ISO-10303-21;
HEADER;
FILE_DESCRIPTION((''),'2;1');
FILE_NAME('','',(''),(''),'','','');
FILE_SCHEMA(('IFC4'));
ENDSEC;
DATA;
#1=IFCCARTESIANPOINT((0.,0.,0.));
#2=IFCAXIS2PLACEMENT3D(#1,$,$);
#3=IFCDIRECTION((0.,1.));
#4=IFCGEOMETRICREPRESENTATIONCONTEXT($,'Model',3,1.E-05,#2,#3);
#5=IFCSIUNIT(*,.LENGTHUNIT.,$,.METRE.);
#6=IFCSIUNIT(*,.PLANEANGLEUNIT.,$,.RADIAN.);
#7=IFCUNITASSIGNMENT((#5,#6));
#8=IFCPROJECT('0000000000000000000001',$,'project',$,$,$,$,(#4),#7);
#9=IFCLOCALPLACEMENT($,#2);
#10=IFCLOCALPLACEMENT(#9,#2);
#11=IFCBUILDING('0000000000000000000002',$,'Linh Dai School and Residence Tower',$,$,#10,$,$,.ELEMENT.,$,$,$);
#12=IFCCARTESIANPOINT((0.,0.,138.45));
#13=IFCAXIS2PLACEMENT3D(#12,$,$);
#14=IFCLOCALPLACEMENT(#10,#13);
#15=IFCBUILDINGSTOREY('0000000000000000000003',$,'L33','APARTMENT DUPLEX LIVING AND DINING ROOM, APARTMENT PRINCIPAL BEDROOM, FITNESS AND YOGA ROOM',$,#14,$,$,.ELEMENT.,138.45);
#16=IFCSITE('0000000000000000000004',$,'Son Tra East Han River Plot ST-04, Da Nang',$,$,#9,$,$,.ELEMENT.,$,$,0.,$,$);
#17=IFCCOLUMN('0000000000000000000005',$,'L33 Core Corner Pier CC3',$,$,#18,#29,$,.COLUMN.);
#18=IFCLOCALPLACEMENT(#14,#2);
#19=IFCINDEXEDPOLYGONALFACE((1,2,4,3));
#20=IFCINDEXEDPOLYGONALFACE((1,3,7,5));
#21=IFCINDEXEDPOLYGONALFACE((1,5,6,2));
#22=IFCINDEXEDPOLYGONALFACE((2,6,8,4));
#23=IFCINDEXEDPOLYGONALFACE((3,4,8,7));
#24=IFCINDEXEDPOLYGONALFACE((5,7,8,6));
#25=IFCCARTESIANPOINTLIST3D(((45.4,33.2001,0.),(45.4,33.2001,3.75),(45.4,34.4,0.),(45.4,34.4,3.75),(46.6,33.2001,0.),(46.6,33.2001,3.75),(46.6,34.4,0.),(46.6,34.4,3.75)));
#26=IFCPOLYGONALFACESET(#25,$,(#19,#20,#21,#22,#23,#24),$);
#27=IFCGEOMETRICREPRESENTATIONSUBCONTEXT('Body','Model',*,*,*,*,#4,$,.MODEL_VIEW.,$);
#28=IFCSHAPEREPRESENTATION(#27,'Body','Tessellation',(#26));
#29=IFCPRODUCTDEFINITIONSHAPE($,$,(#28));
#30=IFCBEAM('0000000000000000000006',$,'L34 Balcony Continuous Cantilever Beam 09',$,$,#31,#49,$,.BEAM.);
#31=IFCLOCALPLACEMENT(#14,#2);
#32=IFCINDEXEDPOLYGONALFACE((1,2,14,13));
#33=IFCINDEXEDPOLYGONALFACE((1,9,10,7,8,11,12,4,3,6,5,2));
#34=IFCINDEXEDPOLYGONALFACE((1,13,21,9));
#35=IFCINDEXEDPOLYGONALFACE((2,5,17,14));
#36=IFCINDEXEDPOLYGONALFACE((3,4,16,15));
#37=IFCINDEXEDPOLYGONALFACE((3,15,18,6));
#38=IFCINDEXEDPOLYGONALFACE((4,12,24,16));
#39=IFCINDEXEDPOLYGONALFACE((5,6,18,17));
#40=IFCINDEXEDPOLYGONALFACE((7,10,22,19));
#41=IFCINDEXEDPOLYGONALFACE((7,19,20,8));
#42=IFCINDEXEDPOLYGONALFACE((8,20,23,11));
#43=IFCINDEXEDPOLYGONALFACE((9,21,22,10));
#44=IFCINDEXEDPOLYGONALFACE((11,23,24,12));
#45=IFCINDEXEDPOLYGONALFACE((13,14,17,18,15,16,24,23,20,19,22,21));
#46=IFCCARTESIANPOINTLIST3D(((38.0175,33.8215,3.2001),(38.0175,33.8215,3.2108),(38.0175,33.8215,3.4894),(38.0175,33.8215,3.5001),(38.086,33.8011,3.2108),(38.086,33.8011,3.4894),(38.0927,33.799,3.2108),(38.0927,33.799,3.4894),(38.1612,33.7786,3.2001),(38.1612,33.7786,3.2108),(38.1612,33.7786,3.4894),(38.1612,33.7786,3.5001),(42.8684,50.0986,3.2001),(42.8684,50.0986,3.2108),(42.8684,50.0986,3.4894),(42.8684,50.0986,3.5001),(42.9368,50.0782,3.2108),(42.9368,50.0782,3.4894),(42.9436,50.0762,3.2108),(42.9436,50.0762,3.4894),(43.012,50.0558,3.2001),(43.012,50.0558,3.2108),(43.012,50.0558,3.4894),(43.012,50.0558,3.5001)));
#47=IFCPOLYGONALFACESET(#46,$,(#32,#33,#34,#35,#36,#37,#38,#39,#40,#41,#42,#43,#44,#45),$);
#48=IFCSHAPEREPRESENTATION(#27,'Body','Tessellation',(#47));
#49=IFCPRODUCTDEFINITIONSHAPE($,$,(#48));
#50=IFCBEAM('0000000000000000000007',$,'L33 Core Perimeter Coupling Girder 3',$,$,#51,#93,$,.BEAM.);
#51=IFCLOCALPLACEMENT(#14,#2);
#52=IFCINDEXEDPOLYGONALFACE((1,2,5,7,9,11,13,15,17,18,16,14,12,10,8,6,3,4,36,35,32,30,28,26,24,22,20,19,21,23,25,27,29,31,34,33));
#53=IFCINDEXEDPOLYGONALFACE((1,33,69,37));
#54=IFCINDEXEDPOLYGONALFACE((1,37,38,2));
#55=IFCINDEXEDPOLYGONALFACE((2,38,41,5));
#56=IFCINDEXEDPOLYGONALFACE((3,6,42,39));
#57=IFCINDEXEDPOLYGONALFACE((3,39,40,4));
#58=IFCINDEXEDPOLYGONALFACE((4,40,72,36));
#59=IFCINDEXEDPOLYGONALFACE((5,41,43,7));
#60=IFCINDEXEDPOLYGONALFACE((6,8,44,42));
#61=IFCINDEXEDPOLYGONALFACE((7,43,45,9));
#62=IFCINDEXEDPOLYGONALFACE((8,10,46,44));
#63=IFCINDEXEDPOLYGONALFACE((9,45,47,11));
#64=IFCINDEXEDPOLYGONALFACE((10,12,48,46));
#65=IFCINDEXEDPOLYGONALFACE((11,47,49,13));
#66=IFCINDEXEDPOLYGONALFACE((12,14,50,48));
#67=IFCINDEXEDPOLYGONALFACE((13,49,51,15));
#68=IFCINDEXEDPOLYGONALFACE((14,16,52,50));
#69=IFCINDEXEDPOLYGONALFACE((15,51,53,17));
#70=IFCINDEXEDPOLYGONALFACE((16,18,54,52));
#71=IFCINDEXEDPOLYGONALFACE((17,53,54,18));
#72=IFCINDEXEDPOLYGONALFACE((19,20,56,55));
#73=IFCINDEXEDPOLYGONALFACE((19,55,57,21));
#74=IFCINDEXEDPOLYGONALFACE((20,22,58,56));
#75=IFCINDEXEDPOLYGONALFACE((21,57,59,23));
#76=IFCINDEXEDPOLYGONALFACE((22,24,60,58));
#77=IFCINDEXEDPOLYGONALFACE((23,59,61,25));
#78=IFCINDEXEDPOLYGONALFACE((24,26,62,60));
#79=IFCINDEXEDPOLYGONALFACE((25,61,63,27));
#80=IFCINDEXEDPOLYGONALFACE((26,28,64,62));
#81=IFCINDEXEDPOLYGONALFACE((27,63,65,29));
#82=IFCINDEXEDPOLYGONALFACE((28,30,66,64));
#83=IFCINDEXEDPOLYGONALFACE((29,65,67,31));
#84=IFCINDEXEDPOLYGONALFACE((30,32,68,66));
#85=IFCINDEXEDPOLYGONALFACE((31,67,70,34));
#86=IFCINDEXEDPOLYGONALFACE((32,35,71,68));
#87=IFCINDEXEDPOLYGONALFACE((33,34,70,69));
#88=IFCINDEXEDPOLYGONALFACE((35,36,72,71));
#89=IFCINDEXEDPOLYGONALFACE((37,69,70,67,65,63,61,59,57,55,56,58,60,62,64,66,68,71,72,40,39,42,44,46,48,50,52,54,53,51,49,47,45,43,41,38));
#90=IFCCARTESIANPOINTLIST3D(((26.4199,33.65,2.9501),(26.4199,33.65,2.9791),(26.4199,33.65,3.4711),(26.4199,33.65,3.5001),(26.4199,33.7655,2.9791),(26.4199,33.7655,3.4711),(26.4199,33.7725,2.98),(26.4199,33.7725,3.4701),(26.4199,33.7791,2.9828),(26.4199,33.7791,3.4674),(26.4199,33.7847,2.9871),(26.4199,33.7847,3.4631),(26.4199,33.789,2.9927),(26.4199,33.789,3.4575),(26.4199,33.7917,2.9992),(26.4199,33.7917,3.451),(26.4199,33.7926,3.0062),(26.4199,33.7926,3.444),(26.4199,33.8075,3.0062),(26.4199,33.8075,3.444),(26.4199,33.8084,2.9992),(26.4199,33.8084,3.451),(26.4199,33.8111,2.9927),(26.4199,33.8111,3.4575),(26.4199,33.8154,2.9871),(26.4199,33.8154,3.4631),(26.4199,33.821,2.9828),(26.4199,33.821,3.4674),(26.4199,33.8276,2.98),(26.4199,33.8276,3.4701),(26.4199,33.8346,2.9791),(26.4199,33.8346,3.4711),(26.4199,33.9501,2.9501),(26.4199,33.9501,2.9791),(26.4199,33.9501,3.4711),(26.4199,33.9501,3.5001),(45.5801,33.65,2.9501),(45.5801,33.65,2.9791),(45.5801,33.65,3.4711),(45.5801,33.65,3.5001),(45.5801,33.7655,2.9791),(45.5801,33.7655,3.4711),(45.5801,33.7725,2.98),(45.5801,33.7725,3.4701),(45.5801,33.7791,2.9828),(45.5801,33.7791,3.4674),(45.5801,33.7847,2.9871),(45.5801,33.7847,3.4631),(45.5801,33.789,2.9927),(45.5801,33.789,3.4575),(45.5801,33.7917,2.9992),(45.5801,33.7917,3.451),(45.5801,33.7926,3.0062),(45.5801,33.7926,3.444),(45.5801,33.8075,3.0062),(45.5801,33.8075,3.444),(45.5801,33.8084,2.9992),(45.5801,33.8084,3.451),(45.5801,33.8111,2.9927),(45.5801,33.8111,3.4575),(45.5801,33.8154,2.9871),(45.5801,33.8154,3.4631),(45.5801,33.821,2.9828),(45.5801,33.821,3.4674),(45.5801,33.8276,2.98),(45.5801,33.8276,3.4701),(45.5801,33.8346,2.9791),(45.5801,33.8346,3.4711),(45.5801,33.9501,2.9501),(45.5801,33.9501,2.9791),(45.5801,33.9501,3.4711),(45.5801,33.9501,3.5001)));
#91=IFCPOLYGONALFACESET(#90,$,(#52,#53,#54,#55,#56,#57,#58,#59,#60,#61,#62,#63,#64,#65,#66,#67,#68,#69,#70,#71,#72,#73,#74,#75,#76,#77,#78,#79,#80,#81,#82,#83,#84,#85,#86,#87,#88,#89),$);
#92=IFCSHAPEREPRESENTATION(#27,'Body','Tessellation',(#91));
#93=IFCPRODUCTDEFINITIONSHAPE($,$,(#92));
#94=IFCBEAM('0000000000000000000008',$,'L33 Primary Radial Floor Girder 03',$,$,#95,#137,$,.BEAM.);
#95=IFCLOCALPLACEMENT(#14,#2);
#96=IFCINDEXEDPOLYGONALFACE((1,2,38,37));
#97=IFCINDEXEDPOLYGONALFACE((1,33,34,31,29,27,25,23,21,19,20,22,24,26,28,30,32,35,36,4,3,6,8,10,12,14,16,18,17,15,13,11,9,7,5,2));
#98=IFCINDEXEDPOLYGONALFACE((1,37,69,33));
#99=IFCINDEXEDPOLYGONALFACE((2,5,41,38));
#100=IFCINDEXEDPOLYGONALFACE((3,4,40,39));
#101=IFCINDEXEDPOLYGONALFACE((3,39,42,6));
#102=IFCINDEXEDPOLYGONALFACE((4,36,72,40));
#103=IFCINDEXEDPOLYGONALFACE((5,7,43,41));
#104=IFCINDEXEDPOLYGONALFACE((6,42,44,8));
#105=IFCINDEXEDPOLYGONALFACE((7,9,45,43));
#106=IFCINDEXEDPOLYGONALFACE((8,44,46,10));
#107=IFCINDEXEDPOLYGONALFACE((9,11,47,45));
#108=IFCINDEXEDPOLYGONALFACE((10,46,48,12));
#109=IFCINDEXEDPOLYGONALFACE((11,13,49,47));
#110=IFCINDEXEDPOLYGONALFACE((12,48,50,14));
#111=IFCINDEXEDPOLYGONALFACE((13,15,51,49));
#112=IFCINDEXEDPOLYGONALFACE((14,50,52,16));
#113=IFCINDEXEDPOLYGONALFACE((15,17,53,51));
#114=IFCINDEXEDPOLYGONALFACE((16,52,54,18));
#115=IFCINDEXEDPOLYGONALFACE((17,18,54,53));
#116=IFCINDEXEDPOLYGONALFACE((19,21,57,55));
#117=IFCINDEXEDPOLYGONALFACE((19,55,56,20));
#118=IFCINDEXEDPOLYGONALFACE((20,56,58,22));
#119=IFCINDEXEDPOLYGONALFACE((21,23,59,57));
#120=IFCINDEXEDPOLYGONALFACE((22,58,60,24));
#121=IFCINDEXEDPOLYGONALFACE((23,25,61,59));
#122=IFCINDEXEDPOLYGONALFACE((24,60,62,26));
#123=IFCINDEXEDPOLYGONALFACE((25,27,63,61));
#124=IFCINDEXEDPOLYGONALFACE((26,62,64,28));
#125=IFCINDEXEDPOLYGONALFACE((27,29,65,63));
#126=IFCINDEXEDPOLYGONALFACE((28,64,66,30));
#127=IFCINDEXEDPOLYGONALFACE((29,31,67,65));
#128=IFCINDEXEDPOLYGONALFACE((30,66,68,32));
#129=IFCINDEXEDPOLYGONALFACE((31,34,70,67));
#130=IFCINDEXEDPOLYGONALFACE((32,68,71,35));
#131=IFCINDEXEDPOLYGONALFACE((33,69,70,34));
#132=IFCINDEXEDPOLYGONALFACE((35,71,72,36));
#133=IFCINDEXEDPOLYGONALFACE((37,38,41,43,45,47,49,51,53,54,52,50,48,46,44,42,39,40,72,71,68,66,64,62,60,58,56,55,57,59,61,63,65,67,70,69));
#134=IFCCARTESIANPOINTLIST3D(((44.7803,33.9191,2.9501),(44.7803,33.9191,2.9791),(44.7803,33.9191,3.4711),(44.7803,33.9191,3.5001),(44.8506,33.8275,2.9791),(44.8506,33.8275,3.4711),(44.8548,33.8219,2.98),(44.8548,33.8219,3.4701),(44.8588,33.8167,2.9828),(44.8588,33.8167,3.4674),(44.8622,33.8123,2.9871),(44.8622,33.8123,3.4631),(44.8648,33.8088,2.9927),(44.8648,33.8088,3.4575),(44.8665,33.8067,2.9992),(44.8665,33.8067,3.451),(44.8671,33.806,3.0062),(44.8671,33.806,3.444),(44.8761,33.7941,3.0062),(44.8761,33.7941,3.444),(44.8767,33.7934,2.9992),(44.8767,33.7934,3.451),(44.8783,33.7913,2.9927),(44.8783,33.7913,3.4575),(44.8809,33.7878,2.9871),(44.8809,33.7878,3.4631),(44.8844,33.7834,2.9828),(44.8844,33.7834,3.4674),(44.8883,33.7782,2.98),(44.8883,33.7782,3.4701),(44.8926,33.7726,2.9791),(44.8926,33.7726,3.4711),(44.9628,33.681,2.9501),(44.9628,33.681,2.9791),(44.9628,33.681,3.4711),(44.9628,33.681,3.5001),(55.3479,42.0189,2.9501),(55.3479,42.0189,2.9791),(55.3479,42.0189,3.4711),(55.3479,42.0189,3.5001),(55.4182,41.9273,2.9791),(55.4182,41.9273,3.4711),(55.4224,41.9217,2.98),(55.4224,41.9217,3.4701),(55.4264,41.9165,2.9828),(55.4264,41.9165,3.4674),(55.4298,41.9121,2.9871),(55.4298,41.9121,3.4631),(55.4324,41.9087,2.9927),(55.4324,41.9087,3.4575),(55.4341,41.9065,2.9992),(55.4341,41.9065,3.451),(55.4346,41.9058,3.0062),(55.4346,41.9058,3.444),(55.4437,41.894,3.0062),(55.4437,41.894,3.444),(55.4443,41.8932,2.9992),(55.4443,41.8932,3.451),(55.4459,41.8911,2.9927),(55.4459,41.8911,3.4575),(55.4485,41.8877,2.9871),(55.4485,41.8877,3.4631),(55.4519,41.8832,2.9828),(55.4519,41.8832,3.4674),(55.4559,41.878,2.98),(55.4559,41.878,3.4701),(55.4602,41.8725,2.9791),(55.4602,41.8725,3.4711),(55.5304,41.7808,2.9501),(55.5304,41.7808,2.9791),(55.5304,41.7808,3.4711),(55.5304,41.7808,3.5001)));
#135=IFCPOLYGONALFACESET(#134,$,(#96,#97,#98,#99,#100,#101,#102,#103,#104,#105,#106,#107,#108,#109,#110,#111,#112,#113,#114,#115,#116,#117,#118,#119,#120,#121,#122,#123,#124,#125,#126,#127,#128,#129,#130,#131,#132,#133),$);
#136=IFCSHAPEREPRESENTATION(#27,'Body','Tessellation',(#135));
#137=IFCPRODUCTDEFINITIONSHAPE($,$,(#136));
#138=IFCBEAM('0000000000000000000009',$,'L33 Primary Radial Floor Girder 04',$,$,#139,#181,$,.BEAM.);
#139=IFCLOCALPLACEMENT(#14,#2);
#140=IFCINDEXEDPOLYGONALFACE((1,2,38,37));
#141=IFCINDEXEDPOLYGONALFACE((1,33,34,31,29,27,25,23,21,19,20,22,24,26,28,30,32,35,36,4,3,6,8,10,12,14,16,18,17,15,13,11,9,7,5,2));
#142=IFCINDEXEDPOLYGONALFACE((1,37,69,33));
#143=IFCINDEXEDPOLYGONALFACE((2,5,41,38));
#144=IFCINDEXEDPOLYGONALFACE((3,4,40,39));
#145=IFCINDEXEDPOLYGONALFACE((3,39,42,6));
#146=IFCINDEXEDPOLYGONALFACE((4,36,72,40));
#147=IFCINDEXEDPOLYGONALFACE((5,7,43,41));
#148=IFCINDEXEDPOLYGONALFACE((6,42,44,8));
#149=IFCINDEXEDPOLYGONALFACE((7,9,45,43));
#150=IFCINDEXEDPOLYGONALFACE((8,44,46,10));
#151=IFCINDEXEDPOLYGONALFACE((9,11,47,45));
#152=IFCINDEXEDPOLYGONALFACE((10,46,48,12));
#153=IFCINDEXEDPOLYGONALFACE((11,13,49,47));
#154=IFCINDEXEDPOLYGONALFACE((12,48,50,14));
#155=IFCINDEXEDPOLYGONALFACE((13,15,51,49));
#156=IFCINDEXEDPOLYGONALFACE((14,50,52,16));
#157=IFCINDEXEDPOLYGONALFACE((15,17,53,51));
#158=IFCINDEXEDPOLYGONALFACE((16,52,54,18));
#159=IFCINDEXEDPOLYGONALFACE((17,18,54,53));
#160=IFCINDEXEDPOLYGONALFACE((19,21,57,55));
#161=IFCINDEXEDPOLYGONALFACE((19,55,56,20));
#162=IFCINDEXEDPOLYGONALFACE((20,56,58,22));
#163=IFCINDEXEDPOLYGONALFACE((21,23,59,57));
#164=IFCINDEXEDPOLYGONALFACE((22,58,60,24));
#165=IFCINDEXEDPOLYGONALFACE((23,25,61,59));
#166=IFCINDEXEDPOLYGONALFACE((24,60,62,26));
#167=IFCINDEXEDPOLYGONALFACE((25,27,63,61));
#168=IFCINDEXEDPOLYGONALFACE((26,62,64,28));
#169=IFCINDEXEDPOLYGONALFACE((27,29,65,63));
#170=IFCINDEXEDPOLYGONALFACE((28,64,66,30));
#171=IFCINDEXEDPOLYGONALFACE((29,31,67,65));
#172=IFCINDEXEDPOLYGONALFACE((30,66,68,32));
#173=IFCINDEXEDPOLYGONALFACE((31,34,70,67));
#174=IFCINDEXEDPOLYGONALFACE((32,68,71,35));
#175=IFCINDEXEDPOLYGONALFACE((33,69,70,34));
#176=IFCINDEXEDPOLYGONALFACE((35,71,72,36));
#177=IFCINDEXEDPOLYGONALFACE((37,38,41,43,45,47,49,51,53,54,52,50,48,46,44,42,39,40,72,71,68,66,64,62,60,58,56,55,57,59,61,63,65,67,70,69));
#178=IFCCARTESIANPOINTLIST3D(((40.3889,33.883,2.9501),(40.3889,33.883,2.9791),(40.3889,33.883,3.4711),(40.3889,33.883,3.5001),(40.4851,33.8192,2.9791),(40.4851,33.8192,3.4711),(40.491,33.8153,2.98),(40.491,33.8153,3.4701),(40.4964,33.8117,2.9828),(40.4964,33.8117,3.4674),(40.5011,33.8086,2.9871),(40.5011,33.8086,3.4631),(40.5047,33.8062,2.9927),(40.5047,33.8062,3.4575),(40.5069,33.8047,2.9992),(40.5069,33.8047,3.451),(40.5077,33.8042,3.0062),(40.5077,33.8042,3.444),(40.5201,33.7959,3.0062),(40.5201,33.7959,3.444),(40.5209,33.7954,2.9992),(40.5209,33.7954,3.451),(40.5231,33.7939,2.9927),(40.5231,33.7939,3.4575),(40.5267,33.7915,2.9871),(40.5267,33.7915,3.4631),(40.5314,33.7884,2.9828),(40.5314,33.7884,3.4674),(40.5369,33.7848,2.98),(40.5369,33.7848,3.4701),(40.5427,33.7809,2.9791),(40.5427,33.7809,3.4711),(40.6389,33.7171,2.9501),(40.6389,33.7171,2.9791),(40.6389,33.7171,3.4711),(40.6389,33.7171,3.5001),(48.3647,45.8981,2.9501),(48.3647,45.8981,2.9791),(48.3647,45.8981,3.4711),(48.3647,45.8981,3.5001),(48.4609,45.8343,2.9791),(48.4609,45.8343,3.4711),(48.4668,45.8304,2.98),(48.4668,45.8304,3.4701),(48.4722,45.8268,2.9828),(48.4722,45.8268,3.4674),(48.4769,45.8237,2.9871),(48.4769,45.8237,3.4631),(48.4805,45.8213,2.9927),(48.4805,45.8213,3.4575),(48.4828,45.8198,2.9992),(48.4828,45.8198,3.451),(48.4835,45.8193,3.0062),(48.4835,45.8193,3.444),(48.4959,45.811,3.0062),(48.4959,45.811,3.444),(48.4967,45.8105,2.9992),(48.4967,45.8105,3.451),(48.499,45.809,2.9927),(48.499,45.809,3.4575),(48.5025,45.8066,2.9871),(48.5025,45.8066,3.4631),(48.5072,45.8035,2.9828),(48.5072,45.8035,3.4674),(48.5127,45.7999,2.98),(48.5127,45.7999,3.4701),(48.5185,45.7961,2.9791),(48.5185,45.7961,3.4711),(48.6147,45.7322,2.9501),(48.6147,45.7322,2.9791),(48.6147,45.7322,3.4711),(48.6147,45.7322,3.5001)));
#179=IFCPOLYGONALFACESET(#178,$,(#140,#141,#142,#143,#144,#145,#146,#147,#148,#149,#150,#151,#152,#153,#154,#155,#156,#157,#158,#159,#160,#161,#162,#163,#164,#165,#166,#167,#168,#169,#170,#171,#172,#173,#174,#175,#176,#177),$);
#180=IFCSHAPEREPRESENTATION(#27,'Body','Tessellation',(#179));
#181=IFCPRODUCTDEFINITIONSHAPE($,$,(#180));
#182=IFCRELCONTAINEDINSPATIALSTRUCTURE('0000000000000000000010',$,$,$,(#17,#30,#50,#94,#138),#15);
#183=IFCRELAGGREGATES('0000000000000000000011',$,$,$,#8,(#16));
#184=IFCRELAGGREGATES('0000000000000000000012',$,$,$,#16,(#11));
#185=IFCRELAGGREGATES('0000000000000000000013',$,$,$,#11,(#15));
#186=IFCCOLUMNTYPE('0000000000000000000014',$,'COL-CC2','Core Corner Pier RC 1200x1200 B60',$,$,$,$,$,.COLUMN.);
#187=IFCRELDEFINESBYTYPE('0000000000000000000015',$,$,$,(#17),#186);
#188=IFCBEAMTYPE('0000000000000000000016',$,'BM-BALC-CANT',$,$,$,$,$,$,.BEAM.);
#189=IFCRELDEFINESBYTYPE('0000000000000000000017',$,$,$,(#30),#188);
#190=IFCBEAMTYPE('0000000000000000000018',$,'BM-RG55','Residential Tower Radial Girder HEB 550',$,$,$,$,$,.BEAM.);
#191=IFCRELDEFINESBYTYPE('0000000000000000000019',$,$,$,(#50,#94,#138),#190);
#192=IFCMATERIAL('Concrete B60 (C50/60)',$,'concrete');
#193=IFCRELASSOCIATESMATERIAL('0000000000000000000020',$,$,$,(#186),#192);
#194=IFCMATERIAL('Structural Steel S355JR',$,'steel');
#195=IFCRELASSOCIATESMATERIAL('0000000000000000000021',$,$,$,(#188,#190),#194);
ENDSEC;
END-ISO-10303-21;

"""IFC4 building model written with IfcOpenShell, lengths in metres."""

from ifc_helpers import new_model, si_unit, direction, frame, origin, origin_2d, place, context, subcontext, project, spatial, rectangle, i_section, extrude, material, material_profile, profile_set, type_object, element, save


model = new_model("IFC4")

# Units and contexts
model_context = context("Model", 3, precision=1e-05, world=origin(), true_north=direction((0.0, 1.0)))
body_context = subcontext(model_context, "Body", "Model", "MODEL_VIEW")
ifc_project = project(units=[si_unit("LENGTHUNIT", "METRE"), si_unit("PLANEANGLEUNIT", "RADIAN")], contexts=[model_context])

# Site, building, storey
site_placement = place(None, origin())
site = spatial("IfcSite", under=ifc_project, at=site_placement, Name="Son Tra East Han River Plot ST-04, Da Nang", CompositionType="ELEMENT", RefElevation=0.0)
building_placement = place(site_placement, origin())
building = spatial("IfcBuilding", under=site, at=building_placement, Name="Linh Dai School and Residence Tower", CompositionType="ELEMENT")
storey_placement = place(building_placement, frame((0.0, 0.0, 138.45)))
storey = spatial("IfcBuildingStorey", under=building, at=storey_placement, Name="L33", Description="APARTMENT DUPLEX LIVING AND DINING ROOM, APARTMENT PRINCIPAL BEDROOM, FITNESS AND YOGA ROOM", CompositionType="ELEMENT", Elevation=138.45)

# Column
ifc_material_1 = material(Name="Concrete B60 (C50/60)", Category="concrete")
ifc_material_profile_1 = material_profile(ifc_material_1, rectangle(XDim=1.2, YDim=1.2, at=origin_2d()), Name="RC 1200x1200")
ifc_profile_set_1 = profile_set([ifc_material_profile_1], Name="Concrete B60 (C50/60)")
column_type = type_object("IfcColumnType", Name="COL-CC2", Description="Core Corner Pier RC 1200x1200 B60", PredefinedType="COLUMN", material=ifc_profile_set_1)
column_placement = place(storey_placement, frame((46.0, 33.8, 0.0), z_axis=(0.0, 0.0, 1.0), x_axis=(1.0, 0.0, 0.0)))
element("IfcColumn", 1, at=column_placement, inside=storey, type_object=column_type, Name="L33 Core Corner Pier CC3", PredefinedType="COLUMN", context=body_context, shape_type="SweptSolid", body=[
    extrude(rectangle(XDim=1.2, YDim=1.2, at=origin_2d()), origin(), (0.0, 0.0, 1.0), 3.75),
])

# Beams
ifc_material_2 = material(Name="Structural Steel S355JR", Category="steel")
ifc_material_profile_2 = material_profile(ifc_material_2, i_section(OverallWidth=0.1499, OverallDepth=0.3, WebThickness=0.0071, FlangeThickness=0.0107, at=origin_2d()), Name="IPE 300")
ifc_profile_set_2 = profile_set([ifc_material_profile_2], Name="Structural Steel S355JR")
beam_type_1 = type_object("IfcBeamType", Name="BM-BALC-CANT", PredefinedType="BEAM", material=ifc_profile_set_2)
beam_1_placement = place(storey_placement, frame((38.0894, 33.8, 3.3501), z_axis=(0.285603, 0.958348, 0.0), x_axis=(-0.958348, 0.285603, 0.0)))
element("IfcBeam", 2, at=beam_1_placement, inside=storey, type_object=beam_type_1, Name="L34 Balcony Continuous Cantilever Beam 09", PredefinedType="BEAM", context=body_context, shape_type="SweptSolid", body=[
    extrude(i_section(OverallWidth=0.1499, OverallDepth=0.3, WebThickness=0.0071, FlangeThickness=0.0107, at=origin_2d()), origin(), (0.0, 0.0, 1.0), 16.9846),
])
ifc_material_profile_3 = material_profile(ifc_material_2, i_section(OverallWidth=0.3, OverallDepth=0.55, WebThickness=0.0149, FlangeThickness=0.0291, FilletRadius=0.0271, at=origin_2d()), Name="HEB 550")
ifc_profile_set_3 = profile_set([ifc_material_profile_3], Name="Structural Steel S355JR")
beam_type_2 = type_object("IfcBeamType", Name="BM-RG55", Description="Residential Tower Radial Girder HEB 550", PredefinedType="BEAM", material=ifc_profile_set_3)
beam_2_placement = place(storey_placement, frame((45.5801, 33.8, 3.2251), z_axis=(-1.0, 0.0, 0.0), x_axis=(0.0, -1.0, 0.0)))
element("IfcBeam", 3, at=beam_2_placement, inside=storey, type_object=beam_type_2, Name="L33 Core Perimeter Coupling Girder 3", PredefinedType="BEAM", context=body_context, shape_type="SweptSolid", body=[
    extrude(i_section(OverallWidth=0.3, OverallDepth=0.55, WebThickness=0.0149, FlangeThickness=0.0291, FilletRadius=0.0271, at=origin_2d()), origin(), (0.0, 0.0, 1.0), 19.1602),
])
beam_3_placement = place(storey_placement, frame((44.8716, 33.8, 3.2251), z_axis=(0.793679, 0.608337, 0.0), x_axis=(-0.608337, 0.793679, 0.0)))
element("IfcBeam", 4, at=beam_3_placement, inside=storey, type_object=beam_type_2, Name="L33 Primary Radial Floor Girder 03", PredefinedType="BEAM", context=body_context, shape_type="SweptSolid", body=[
    extrude(i_section(OverallWidth=0.3, OverallDepth=0.55, WebThickness=0.0149, FlangeThickness=0.0291, FilletRadius=0.0271, at=origin_2d()), origin(), (0.0, 0.0, 1.0), 13.3147),
])
beam_4_placement = place(storey_placement, frame((40.5139, 33.8, 3.2251), z_axis=(0.553054, 0.833145, 0.0), x_axis=(-0.833145, 0.553054, 0.0)))
element("IfcBeam", 5, at=beam_4_placement, inside=storey, type_object=beam_type_2, Name="L33 Primary Radial Floor Girder 04", PredefinedType="BEAM", context=body_context, shape_type="SweptSolid", body=[
    extrude(i_section(OverallWidth=0.3, OverallDepth=0.55, WebThickness=0.0149, FlangeThickness=0.0291, FilletRadius=0.0271, at=origin_2d()), origin(), (0.0, 0.0, 1.0), 14.4214),
])

save(model, "model.ifc")
